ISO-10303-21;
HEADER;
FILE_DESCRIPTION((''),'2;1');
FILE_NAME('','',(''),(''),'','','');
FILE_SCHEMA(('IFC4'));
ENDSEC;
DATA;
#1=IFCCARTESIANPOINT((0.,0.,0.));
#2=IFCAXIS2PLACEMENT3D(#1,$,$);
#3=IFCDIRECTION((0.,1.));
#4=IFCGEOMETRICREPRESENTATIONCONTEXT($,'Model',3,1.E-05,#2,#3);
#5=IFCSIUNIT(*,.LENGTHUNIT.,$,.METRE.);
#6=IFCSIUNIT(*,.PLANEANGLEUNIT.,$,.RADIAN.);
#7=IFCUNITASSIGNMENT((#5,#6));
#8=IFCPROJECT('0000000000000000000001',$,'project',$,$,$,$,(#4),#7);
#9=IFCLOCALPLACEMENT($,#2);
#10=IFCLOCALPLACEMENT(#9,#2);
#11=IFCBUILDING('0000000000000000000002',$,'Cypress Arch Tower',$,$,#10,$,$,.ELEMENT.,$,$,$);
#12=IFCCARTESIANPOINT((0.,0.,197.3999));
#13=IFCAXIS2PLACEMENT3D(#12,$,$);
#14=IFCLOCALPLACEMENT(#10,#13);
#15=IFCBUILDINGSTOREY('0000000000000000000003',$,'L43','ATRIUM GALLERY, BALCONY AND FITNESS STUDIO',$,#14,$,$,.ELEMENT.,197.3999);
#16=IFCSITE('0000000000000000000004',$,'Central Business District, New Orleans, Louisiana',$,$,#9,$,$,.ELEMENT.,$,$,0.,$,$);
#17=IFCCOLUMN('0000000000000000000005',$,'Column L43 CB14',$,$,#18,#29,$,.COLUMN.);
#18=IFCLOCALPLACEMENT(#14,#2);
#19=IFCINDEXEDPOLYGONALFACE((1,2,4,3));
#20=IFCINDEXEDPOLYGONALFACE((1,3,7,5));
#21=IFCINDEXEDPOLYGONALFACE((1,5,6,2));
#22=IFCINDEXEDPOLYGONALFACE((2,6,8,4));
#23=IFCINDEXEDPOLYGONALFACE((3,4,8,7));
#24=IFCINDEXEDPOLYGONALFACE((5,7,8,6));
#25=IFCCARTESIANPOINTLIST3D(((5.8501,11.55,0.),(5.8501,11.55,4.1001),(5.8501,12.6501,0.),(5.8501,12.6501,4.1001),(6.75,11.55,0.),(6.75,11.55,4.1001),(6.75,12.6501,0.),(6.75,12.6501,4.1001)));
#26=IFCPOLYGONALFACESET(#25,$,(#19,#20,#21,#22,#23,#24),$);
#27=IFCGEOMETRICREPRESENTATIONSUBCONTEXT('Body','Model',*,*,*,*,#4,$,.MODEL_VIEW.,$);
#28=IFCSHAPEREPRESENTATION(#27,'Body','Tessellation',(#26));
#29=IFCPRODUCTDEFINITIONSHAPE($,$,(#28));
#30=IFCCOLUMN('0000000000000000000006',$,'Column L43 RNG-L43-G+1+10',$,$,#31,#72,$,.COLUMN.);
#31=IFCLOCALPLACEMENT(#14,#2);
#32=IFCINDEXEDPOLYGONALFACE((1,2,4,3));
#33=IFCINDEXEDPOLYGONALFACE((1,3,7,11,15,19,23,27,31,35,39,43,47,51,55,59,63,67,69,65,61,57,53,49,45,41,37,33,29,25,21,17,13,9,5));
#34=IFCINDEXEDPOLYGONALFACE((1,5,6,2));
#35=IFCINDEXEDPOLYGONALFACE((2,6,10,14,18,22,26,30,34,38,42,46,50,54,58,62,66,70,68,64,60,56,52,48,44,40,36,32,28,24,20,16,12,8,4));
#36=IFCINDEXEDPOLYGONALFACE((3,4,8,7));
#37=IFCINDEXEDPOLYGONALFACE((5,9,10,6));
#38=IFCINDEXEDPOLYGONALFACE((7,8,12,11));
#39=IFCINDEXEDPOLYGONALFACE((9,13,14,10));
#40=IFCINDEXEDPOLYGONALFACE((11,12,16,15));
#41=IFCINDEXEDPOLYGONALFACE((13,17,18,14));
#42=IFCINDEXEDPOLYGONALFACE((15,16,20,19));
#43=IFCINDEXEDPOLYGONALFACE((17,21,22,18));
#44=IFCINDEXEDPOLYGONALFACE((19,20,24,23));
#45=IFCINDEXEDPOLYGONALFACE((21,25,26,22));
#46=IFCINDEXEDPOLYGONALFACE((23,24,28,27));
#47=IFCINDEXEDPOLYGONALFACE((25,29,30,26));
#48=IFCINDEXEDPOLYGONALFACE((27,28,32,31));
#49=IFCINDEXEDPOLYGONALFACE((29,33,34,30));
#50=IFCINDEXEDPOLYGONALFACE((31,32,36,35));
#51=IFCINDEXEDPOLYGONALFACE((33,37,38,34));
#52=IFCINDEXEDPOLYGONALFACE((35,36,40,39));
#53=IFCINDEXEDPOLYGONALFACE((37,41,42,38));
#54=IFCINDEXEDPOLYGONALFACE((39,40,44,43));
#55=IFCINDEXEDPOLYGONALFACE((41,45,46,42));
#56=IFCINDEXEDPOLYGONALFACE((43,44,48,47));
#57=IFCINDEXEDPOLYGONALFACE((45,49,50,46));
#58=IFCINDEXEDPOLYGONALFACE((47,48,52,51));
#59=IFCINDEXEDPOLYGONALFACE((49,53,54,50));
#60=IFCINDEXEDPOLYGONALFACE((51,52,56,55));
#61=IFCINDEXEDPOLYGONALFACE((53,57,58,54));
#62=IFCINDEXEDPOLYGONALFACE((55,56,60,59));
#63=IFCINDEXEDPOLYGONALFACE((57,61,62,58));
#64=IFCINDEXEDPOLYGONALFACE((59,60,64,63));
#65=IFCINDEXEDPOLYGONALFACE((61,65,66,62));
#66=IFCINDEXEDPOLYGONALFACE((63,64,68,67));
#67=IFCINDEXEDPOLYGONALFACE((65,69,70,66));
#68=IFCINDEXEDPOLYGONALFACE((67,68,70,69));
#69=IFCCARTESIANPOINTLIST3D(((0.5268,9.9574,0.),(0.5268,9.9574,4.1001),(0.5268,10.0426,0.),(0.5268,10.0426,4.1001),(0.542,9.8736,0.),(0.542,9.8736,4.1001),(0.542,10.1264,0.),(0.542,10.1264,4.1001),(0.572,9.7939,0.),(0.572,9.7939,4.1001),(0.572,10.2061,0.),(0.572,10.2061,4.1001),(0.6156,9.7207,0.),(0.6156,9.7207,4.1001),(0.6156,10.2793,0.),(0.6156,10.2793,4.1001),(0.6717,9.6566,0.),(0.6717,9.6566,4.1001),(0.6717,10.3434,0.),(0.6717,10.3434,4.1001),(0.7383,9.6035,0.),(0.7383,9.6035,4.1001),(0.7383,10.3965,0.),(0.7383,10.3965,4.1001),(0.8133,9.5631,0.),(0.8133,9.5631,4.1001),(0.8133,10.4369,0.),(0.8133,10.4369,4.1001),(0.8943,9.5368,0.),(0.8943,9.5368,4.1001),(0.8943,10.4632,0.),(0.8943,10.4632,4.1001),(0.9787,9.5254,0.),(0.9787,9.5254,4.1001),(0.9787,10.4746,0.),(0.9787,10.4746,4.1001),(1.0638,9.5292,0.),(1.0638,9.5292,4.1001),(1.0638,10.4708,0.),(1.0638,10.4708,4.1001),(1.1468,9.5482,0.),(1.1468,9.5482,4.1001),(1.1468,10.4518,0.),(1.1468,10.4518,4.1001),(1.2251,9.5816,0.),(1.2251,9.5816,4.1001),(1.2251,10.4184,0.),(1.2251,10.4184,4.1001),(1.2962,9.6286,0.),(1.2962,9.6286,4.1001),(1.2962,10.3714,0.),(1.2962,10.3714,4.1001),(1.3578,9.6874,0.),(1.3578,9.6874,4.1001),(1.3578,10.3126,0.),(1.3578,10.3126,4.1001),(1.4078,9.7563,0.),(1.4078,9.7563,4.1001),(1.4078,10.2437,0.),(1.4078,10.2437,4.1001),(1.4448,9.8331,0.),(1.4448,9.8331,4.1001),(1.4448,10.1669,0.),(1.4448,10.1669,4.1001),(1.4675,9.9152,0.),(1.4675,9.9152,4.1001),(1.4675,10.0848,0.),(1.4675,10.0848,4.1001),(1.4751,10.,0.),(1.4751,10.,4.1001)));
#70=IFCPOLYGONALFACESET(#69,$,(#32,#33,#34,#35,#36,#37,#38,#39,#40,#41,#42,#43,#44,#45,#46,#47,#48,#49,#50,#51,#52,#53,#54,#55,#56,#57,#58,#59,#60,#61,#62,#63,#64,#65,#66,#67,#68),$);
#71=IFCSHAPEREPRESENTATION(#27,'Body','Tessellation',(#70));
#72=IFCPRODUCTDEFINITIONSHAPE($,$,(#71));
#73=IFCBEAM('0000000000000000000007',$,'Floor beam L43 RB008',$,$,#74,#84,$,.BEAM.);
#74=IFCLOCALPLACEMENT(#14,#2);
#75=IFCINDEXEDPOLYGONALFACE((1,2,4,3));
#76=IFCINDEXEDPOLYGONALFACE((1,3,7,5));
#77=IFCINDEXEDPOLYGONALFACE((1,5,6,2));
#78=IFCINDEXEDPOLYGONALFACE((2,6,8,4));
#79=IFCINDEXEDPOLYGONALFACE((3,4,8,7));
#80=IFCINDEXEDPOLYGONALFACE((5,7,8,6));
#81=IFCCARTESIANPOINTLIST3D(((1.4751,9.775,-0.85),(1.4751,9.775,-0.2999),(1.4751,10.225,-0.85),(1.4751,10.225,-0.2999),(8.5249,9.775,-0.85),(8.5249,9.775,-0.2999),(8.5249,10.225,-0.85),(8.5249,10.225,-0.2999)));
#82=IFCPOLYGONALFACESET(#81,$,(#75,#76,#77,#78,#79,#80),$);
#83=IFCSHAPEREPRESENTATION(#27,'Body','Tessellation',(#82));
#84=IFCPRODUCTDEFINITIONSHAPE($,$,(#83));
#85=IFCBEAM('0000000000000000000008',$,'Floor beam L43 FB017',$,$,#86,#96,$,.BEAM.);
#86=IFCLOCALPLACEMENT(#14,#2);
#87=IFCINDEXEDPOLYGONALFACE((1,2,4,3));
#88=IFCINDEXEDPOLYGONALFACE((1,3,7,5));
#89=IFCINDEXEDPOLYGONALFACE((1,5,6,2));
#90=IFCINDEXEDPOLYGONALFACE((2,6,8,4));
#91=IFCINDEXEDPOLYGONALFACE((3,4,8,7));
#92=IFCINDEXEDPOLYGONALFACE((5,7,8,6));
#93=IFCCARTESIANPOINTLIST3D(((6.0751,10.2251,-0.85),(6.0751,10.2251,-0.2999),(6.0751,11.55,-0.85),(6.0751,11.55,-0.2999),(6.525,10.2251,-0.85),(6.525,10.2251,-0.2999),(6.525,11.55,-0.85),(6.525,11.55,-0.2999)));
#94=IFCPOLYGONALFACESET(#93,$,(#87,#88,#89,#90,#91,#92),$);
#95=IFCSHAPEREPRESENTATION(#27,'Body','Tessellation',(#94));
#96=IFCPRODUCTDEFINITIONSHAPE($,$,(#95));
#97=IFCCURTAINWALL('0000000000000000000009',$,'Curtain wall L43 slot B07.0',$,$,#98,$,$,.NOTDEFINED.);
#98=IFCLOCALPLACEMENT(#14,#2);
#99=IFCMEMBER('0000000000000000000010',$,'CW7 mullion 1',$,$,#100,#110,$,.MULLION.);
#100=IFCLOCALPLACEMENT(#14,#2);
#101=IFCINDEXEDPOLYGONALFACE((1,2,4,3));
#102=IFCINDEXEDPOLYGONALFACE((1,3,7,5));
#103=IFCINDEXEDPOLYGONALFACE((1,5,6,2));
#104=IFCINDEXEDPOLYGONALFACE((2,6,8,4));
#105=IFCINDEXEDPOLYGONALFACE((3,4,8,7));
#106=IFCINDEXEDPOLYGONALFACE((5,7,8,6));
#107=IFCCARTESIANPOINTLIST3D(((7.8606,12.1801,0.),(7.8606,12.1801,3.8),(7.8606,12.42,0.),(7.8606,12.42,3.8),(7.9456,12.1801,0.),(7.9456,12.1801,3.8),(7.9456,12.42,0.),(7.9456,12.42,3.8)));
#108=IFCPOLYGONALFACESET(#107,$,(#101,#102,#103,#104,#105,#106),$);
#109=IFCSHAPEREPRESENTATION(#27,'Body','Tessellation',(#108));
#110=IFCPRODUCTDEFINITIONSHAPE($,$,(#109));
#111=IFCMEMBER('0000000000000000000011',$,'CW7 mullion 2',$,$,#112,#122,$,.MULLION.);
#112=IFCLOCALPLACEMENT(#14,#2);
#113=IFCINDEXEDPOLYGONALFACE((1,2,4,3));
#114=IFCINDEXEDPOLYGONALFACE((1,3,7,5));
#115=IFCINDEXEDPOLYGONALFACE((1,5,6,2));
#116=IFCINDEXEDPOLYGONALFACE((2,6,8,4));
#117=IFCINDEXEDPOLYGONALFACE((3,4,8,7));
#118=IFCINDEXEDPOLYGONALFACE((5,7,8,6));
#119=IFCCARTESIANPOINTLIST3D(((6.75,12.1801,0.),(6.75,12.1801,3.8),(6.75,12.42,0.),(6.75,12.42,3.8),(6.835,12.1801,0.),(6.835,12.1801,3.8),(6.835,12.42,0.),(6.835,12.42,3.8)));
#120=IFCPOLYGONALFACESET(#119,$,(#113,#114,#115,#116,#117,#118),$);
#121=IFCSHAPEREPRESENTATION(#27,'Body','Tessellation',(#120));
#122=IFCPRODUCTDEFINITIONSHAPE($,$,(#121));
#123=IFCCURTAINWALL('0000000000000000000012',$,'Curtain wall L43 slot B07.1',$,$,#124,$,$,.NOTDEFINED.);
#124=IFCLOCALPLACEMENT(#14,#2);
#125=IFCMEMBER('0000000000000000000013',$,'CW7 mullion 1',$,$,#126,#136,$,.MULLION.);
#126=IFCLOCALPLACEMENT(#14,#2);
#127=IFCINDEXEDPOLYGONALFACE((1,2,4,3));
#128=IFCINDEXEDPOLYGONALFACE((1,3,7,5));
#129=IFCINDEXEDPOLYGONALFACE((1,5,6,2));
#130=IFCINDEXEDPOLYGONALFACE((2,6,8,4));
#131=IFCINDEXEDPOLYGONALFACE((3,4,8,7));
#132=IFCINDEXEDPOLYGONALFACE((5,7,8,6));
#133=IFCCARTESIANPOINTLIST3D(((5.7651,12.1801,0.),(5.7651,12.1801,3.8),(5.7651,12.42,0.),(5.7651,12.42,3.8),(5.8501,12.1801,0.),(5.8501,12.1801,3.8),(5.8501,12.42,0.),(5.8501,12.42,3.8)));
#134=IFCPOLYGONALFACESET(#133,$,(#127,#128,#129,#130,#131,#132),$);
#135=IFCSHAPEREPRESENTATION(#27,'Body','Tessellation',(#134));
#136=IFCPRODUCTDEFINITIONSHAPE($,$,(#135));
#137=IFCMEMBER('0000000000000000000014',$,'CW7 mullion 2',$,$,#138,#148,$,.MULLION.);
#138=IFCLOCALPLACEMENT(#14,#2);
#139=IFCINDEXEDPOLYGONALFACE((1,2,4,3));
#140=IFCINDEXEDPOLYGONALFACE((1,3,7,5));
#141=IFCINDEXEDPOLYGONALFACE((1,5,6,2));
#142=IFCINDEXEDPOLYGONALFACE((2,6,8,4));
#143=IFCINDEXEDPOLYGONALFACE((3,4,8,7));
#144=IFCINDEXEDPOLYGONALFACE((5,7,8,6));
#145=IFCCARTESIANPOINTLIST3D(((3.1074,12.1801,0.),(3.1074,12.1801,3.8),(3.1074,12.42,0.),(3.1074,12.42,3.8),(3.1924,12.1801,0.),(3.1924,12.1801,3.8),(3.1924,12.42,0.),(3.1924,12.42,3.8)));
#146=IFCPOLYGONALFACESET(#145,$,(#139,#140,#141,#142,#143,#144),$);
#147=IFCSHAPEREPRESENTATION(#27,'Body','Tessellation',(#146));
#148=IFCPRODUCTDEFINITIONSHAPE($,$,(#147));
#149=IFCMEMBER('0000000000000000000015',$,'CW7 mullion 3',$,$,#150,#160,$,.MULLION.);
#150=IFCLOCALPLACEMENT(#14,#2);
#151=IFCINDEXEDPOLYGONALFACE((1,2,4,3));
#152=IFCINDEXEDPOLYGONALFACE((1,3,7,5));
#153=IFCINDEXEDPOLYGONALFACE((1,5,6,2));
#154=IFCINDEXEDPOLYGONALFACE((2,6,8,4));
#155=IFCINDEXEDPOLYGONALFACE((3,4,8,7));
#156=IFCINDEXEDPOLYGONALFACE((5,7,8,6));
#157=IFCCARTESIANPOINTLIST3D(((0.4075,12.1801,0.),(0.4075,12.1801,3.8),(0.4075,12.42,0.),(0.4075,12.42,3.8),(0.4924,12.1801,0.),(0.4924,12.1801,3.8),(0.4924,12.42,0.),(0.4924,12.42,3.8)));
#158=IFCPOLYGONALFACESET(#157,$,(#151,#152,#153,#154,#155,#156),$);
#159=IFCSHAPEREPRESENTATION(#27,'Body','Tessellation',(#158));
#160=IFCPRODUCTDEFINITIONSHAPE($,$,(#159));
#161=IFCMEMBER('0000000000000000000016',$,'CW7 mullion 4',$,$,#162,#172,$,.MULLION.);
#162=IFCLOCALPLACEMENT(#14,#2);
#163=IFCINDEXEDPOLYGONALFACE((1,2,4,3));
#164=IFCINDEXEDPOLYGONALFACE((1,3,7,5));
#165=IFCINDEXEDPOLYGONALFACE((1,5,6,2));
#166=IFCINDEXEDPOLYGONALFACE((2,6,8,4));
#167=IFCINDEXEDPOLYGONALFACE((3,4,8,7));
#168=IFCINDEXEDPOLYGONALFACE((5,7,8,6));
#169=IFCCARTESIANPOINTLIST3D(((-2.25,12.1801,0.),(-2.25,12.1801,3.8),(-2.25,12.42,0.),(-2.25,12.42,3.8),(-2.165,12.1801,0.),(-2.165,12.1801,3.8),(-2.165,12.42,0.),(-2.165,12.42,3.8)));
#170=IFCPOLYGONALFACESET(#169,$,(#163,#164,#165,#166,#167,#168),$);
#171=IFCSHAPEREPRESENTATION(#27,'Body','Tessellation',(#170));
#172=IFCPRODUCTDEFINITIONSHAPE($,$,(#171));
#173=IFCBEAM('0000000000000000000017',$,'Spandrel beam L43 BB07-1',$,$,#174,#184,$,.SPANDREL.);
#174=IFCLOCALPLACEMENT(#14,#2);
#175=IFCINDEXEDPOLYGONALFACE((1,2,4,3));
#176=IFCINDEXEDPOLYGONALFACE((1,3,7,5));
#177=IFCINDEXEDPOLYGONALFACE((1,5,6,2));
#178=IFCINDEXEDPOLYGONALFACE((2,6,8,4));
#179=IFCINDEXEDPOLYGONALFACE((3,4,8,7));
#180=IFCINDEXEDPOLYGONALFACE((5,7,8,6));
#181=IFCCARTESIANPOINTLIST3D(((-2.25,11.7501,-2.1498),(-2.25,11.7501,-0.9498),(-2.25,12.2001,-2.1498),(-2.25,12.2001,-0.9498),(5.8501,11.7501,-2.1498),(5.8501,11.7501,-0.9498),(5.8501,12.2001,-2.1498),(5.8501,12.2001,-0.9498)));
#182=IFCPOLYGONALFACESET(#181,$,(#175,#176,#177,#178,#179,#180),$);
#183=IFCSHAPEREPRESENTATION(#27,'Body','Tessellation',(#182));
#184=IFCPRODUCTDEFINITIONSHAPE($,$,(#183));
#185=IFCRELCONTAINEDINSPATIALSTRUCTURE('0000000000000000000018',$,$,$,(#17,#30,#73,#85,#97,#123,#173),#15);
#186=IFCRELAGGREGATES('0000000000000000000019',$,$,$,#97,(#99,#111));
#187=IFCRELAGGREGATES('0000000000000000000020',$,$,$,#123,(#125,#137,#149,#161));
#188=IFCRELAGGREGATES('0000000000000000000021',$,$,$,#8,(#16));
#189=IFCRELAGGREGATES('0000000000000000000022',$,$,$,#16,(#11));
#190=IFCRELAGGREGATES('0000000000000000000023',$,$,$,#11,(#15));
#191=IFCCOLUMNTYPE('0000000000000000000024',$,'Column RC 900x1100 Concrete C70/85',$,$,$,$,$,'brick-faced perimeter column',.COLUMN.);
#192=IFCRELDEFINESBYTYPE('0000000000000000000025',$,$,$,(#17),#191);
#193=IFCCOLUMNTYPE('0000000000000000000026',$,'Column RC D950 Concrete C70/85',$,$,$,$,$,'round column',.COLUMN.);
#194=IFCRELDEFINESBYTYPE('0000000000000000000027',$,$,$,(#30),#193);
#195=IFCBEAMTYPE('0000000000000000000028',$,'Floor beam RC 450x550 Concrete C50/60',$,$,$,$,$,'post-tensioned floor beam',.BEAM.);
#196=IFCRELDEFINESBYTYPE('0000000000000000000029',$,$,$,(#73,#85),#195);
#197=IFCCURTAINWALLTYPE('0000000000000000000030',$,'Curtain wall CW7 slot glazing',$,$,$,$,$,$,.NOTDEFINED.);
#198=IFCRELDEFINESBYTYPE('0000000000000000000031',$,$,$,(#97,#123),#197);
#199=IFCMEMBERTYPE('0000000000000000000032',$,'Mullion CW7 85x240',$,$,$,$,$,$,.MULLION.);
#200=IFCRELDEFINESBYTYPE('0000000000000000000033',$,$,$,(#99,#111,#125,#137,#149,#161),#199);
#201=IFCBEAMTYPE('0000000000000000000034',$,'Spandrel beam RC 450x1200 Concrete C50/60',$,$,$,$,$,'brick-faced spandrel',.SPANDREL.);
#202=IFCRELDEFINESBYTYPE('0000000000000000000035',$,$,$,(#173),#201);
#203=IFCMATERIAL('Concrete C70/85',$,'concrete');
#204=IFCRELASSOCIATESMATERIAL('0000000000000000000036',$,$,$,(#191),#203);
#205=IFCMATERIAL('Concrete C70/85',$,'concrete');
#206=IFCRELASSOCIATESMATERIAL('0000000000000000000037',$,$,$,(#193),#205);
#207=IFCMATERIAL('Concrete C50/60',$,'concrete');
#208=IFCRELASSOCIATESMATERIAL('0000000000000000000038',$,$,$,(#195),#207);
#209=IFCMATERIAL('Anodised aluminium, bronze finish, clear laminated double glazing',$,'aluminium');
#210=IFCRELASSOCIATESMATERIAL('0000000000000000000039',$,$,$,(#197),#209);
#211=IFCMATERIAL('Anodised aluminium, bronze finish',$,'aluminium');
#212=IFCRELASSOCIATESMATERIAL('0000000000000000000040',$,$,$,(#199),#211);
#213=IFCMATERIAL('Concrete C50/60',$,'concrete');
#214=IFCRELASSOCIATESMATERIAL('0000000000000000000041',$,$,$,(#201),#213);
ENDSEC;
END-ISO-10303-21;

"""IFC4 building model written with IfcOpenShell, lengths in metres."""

from ifc_helpers import new_model, si_unit, direction, frame, origin, origin_2d, place, context, subcontext, project, spatial, rectangle, circle, extrude, material, material_profile, profile_set, type_object, element, aggregate, save


model = new_model("IFC4")

# Units and contexts
model_context = context("Model", 3, precision=1e-05, world=origin(), true_north=direction((0.0, 1.0)))
body_context = subcontext(model_context, "Body", "Model", "MODEL_VIEW")
ifc_project = project(units=[si_unit("LENGTHUNIT", "METRE"), si_unit("PLANEANGLEUNIT", "RADIAN")], contexts=[model_context])

# Site, building, storey
site_placement = place(None, origin())
site = spatial("IfcSite", under=ifc_project, at=site_placement, Name="Central Business District, New Orleans, Louisiana", CompositionType="ELEMENT", RefElevation=0.0)
building_placement = place(site_placement, origin())
building = spatial("IfcBuilding", under=site, at=building_placement, Name="Cypress Arch Tower", CompositionType="ELEMENT")
storey_placement = place(building_placement, frame((0.0, 0.0, 197.3999)))
storey = spatial("IfcBuildingStorey", under=building, at=storey_placement, Name="L43", Description="ATRIUM GALLERY, BALCONY AND FITNESS STUDIO", CompositionType="ELEMENT", Elevation=197.3999)

# Columns
ifc_material_1 = material(Name="Concrete C70/85", Category="concrete")
ifc_material_profile_1 = material_profile(ifc_material_1, rectangle(XDim=0.8999, YDim=1.1001, at=origin_2d()), Name="RC 900x1100")
ifc_profile_set_1 = profile_set([ifc_material_profile_1], Name="Concrete C70/85")
column_type_1 = type_object("IfcColumnType", Name="Column RC 900x1100 Concrete C70/85", ElementType="brick-faced perimeter column", PredefinedType="COLUMN", material=ifc_profile_set_1)
column_1_placement = place(storey_placement, frame((6.3, 12.1001, 0.0), z_axis=(0.0, 0.0, 1.0), x_axis=(-1.0, 0.0, 0.0)))
element("IfcColumn", 1, at=column_1_placement, inside=storey, type_object=column_type_1, Name="Column L43 CB14", PredefinedType="COLUMN", context=body_context, shape_type="SweptSolid", body=[
    extrude(rectangle(XDim=0.8999, YDim=1.1001, at=origin_2d()), origin(), (0.0, 0.0, 1.0), 4.1001),
])
ifc_material_2 = material(Name="Concrete C70/85", Category="concrete")
ifc_material_profile_2 = material_profile(ifc_material_2, circle(Radius=0.4751, at=origin_2d()), Name="RC D950")
ifc_profile_set_2 = profile_set([ifc_material_profile_2], Name="Concrete C70/85")
column_type_2 = type_object("IfcColumnType", Name="Column RC D950 Concrete C70/85", ElementType="round column", PredefinedType="COLUMN", material=ifc_profile_set_2)
column_2_placement = place(storey_placement, frame((1.0, 10.0, 0.0), z_axis=(0.0, 0.0, 1.0), x_axis=(1.0, 0.0, 0.0)))
element("IfcColumn", 2, at=column_2_placement, inside=storey, type_object=column_type_2, Name="Column L43 RNG-L43-G+1+10", PredefinedType="COLUMN", context=body_context, shape_type="SweptSolid", body=[
    extrude(circle(Radius=0.4751, at=origin_2d()), origin(), (0.0, 0.0, 1.0), 4.1001),
])

# Beams
ifc_material_3 = material(Name="Concrete C50/60", Category="concrete")
ifc_material_profile_3 = material_profile(ifc_material_3, rectangle(XDim=0.45, YDim=0.55, at=origin_2d()), Name="RC 450x550")
ifc_profile_set_3 = profile_set([ifc_material_profile_3], Name="Concrete C50/60")
beam_type_1 = type_object("IfcBeamType", Name="Floor beam RC 450x550 Concrete C50/60", ElementType="post-tensioned floor beam", PredefinedType="BEAM", material=ifc_profile_set_3)
beam_1_placement = place(storey_placement, frame((1.4751, 10.0, -0.575), z_axis=(1.0, 0.0, 0.0), x_axis=(0.0, 1.0, 0.0)))
element("IfcBeam", 3, at=beam_1_placement, inside=storey, type_object=beam_type_1, Name="Floor beam L43 RB008", PredefinedType="BEAM", context=body_context, shape_type="SweptSolid", body=[
    extrude(rectangle(XDim=0.45, YDim=0.55, at=origin_2d()), origin(), (0.0, 0.0, 1.0), 7.0498),
])
beam_2_placement = place(storey_placement, frame((6.3, 10.2251, -0.575), z_axis=(0.0, 1.0, 0.0), x_axis=(-1.0, 0.0, 0.0)))
element("IfcBeam", 4, at=beam_2_placement, inside=storey, type_object=beam_type_1, Name="Floor beam L43 FB017", PredefinedType="BEAM", context=body_context, shape_type="SweptSolid", body=[
    extrude(rectangle(XDim=0.45, YDim=0.55, at=origin_2d()), origin(), (0.0, 0.0, 1.0), 1.325),
])

# Curtain walls, members
ifc_material_4 = material(Name="Anodised aluminium, bronze finish, clear laminated double glazing", Category="aluminium")
curtain_wall_type = type_object("IfcCurtainWallType", Name="Curtain wall CW7 slot glazing", PredefinedType="NOTDEFINED", material=ifc_material_4)
curtain_wall_1_placement = place(storey_placement, origin())
curtain_wall_1 = element("IfcCurtainWall", 5, at=curtain_wall_1_placement, inside=storey, type_object=curtain_wall_type, Name="Curtain wall L43 slot B07.0", PredefinedType="NOTDEFINED")
ifc_material_5 = material(Name="Anodised aluminium, bronze finish", Category="aluminium")
ifc_material_profile_4 = material_profile(ifc_material_5, rectangle(XDim=0.24, YDim=0.085, at=origin_2d()), Name="Mullion 85x240")
ifc_profile_set_4 = profile_set([ifc_material_profile_4], Name="Anodised aluminium, bronze finish")
member_type_1 = type_object("IfcMemberType", Name="Mullion CW7 85x240", PredefinedType="MULLION", material=ifc_profile_set_4)
member_1_placement = place(storey_placement, frame((7.9031, 12.3, 0.0), z_axis=(0.0, 0.0, 1.0), x_axis=(0.0, -1.0, 0.0)))
member_1 = element("IfcMember", 6, at=member_1_placement, type_object=member_type_1, Name="CW7 mullion 1", PredefinedType="MULLION", context=body_context, shape_type="SweptSolid", body=[
    extrude(rectangle(XDim=0.24, YDim=0.085, at=origin_2d()), origin(), (0.0, 0.0, 1.0), 3.8),
])
member_2_placement = place(storey_placement, frame((6.7925, 12.3, 0.0), z_axis=(0.0, 0.0, 1.0), x_axis=(0.0, -1.0, 0.0)))
member_2 = element("IfcMember", 7, at=member_2_placement, type_object=member_type_1, Name="CW7 mullion 2", PredefinedType="MULLION", context=body_context, shape_type="SweptSolid", body=[
    extrude(rectangle(XDim=0.24, YDim=0.085, at=origin_2d()), origin(), (0.0, 0.0, 1.0), 3.8),
])
curtain_wall_2_placement = place(storey_placement, origin())
curtain_wall_2 = element("IfcCurtainWall", 8, at=curtain_wall_2_placement, inside=storey, type_object=curtain_wall_type, Name="Curtain wall L43 slot B07.1", PredefinedType="NOTDEFINED")
member_3_placement = place(storey_placement, frame((5.8076, 12.3, 0.0), z_axis=(0.0, 0.0, 1.0), x_axis=(0.0, -1.0, 0.0)))
member_3 = element("IfcMember", 9, at=member_3_placement, type_object=member_type_1, Name="CW7 mullion 1", PredefinedType="MULLION", context=body_context, shape_type="SweptSolid", body=[
    extrude(rectangle(XDim=0.24, YDim=0.085, at=origin_2d()), origin(), (0.0, 0.0, 1.0), 3.8),
])
member_4_placement = place(storey_placement, frame((3.1499, 12.3, 0.0), z_axis=(0.0, 0.0, 1.0), x_axis=(0.0, -1.0, 0.0)))
member_4 = element("IfcMember", 10, at=member_4_placement, type_object=member_type_1, Name="CW7 mullion 2", PredefinedType="MULLION", context=body_context, shape_type="SweptSolid", body=[
    extrude(rectangle(XDim=0.24, YDim=0.085, at=origin_2d()), origin(), (0.0, 0.0, 1.0), 3.8),
])
member_5_placement = place(storey_placement, frame((0.45, 12.3, 0.0), z_axis=(0.0, 0.0, 1.0), x_axis=(0.0, -1.0, 0.0)))
member_5 = element("IfcMember", 11, at=member_5_placement, type_object=member_type_1, Name="CW7 mullion 3", PredefinedType="MULLION", context=body_context, shape_type="SweptSolid", body=[
    extrude(rectangle(XDim=0.24, YDim=0.085, at=origin_2d()), origin(), (0.0, 0.0, 1.0), 3.8),
])
member_6_placement = place(storey_placement, frame((-2.2075, 12.3, 0.0), z_axis=(0.0, 0.0, 1.0), x_axis=(0.0, -1.0, 0.0)))
member_6 = element("IfcMember", 12, at=member_6_placement, type_object=member_type_1, Name="CW7 mullion 4", PredefinedType="MULLION", context=body_context, shape_type="SweptSolid", body=[
    extrude(rectangle(XDim=0.24, YDim=0.085, at=origin_2d()), origin(), (0.0, 0.0, 1.0), 3.8),
])

# Beam
ifc_material_6 = material(Name="Concrete C50/60", Category="concrete")
ifc_material_profile_5 = material_profile(ifc_material_6, rectangle(XDim=0.45, YDim=1.2, at=origin_2d()), Name="RC 450x1200")
ifc_profile_set_5 = profile_set([ifc_material_profile_5], Name="Concrete C50/60")
beam_type_2 = type_object("IfcBeamType", Name="Spandrel beam RC 450x1200 Concrete C50/60", ElementType="brick-faced spandrel", PredefinedType="SPANDREL", material=ifc_profile_set_5)
beam_3_placement = place(storey_placement, frame((5.8501, 11.9751, -1.5498), z_axis=(-1.0, 0.0, 0.0), x_axis=(0.0, -1.0, 0.0)))
element("IfcBeam", 13, at=beam_3_placement, inside=storey, type_object=beam_type_2, Name="Spandrel beam L43 BB07-1", PredefinedType="SPANDREL", context=body_context, shape_type="SweptSolid", body=[
    extrude(rectangle(XDim=0.45, YDim=1.2, at=origin_2d()), origin(), (0.0, 0.0, 1.0), 8.1001),
])

aggregate(curtain_wall_1, [member_1, member_2])
aggregate(curtain_wall_2, [member_3, member_4, member_5, member_6])

save(model, "model.ifc")
